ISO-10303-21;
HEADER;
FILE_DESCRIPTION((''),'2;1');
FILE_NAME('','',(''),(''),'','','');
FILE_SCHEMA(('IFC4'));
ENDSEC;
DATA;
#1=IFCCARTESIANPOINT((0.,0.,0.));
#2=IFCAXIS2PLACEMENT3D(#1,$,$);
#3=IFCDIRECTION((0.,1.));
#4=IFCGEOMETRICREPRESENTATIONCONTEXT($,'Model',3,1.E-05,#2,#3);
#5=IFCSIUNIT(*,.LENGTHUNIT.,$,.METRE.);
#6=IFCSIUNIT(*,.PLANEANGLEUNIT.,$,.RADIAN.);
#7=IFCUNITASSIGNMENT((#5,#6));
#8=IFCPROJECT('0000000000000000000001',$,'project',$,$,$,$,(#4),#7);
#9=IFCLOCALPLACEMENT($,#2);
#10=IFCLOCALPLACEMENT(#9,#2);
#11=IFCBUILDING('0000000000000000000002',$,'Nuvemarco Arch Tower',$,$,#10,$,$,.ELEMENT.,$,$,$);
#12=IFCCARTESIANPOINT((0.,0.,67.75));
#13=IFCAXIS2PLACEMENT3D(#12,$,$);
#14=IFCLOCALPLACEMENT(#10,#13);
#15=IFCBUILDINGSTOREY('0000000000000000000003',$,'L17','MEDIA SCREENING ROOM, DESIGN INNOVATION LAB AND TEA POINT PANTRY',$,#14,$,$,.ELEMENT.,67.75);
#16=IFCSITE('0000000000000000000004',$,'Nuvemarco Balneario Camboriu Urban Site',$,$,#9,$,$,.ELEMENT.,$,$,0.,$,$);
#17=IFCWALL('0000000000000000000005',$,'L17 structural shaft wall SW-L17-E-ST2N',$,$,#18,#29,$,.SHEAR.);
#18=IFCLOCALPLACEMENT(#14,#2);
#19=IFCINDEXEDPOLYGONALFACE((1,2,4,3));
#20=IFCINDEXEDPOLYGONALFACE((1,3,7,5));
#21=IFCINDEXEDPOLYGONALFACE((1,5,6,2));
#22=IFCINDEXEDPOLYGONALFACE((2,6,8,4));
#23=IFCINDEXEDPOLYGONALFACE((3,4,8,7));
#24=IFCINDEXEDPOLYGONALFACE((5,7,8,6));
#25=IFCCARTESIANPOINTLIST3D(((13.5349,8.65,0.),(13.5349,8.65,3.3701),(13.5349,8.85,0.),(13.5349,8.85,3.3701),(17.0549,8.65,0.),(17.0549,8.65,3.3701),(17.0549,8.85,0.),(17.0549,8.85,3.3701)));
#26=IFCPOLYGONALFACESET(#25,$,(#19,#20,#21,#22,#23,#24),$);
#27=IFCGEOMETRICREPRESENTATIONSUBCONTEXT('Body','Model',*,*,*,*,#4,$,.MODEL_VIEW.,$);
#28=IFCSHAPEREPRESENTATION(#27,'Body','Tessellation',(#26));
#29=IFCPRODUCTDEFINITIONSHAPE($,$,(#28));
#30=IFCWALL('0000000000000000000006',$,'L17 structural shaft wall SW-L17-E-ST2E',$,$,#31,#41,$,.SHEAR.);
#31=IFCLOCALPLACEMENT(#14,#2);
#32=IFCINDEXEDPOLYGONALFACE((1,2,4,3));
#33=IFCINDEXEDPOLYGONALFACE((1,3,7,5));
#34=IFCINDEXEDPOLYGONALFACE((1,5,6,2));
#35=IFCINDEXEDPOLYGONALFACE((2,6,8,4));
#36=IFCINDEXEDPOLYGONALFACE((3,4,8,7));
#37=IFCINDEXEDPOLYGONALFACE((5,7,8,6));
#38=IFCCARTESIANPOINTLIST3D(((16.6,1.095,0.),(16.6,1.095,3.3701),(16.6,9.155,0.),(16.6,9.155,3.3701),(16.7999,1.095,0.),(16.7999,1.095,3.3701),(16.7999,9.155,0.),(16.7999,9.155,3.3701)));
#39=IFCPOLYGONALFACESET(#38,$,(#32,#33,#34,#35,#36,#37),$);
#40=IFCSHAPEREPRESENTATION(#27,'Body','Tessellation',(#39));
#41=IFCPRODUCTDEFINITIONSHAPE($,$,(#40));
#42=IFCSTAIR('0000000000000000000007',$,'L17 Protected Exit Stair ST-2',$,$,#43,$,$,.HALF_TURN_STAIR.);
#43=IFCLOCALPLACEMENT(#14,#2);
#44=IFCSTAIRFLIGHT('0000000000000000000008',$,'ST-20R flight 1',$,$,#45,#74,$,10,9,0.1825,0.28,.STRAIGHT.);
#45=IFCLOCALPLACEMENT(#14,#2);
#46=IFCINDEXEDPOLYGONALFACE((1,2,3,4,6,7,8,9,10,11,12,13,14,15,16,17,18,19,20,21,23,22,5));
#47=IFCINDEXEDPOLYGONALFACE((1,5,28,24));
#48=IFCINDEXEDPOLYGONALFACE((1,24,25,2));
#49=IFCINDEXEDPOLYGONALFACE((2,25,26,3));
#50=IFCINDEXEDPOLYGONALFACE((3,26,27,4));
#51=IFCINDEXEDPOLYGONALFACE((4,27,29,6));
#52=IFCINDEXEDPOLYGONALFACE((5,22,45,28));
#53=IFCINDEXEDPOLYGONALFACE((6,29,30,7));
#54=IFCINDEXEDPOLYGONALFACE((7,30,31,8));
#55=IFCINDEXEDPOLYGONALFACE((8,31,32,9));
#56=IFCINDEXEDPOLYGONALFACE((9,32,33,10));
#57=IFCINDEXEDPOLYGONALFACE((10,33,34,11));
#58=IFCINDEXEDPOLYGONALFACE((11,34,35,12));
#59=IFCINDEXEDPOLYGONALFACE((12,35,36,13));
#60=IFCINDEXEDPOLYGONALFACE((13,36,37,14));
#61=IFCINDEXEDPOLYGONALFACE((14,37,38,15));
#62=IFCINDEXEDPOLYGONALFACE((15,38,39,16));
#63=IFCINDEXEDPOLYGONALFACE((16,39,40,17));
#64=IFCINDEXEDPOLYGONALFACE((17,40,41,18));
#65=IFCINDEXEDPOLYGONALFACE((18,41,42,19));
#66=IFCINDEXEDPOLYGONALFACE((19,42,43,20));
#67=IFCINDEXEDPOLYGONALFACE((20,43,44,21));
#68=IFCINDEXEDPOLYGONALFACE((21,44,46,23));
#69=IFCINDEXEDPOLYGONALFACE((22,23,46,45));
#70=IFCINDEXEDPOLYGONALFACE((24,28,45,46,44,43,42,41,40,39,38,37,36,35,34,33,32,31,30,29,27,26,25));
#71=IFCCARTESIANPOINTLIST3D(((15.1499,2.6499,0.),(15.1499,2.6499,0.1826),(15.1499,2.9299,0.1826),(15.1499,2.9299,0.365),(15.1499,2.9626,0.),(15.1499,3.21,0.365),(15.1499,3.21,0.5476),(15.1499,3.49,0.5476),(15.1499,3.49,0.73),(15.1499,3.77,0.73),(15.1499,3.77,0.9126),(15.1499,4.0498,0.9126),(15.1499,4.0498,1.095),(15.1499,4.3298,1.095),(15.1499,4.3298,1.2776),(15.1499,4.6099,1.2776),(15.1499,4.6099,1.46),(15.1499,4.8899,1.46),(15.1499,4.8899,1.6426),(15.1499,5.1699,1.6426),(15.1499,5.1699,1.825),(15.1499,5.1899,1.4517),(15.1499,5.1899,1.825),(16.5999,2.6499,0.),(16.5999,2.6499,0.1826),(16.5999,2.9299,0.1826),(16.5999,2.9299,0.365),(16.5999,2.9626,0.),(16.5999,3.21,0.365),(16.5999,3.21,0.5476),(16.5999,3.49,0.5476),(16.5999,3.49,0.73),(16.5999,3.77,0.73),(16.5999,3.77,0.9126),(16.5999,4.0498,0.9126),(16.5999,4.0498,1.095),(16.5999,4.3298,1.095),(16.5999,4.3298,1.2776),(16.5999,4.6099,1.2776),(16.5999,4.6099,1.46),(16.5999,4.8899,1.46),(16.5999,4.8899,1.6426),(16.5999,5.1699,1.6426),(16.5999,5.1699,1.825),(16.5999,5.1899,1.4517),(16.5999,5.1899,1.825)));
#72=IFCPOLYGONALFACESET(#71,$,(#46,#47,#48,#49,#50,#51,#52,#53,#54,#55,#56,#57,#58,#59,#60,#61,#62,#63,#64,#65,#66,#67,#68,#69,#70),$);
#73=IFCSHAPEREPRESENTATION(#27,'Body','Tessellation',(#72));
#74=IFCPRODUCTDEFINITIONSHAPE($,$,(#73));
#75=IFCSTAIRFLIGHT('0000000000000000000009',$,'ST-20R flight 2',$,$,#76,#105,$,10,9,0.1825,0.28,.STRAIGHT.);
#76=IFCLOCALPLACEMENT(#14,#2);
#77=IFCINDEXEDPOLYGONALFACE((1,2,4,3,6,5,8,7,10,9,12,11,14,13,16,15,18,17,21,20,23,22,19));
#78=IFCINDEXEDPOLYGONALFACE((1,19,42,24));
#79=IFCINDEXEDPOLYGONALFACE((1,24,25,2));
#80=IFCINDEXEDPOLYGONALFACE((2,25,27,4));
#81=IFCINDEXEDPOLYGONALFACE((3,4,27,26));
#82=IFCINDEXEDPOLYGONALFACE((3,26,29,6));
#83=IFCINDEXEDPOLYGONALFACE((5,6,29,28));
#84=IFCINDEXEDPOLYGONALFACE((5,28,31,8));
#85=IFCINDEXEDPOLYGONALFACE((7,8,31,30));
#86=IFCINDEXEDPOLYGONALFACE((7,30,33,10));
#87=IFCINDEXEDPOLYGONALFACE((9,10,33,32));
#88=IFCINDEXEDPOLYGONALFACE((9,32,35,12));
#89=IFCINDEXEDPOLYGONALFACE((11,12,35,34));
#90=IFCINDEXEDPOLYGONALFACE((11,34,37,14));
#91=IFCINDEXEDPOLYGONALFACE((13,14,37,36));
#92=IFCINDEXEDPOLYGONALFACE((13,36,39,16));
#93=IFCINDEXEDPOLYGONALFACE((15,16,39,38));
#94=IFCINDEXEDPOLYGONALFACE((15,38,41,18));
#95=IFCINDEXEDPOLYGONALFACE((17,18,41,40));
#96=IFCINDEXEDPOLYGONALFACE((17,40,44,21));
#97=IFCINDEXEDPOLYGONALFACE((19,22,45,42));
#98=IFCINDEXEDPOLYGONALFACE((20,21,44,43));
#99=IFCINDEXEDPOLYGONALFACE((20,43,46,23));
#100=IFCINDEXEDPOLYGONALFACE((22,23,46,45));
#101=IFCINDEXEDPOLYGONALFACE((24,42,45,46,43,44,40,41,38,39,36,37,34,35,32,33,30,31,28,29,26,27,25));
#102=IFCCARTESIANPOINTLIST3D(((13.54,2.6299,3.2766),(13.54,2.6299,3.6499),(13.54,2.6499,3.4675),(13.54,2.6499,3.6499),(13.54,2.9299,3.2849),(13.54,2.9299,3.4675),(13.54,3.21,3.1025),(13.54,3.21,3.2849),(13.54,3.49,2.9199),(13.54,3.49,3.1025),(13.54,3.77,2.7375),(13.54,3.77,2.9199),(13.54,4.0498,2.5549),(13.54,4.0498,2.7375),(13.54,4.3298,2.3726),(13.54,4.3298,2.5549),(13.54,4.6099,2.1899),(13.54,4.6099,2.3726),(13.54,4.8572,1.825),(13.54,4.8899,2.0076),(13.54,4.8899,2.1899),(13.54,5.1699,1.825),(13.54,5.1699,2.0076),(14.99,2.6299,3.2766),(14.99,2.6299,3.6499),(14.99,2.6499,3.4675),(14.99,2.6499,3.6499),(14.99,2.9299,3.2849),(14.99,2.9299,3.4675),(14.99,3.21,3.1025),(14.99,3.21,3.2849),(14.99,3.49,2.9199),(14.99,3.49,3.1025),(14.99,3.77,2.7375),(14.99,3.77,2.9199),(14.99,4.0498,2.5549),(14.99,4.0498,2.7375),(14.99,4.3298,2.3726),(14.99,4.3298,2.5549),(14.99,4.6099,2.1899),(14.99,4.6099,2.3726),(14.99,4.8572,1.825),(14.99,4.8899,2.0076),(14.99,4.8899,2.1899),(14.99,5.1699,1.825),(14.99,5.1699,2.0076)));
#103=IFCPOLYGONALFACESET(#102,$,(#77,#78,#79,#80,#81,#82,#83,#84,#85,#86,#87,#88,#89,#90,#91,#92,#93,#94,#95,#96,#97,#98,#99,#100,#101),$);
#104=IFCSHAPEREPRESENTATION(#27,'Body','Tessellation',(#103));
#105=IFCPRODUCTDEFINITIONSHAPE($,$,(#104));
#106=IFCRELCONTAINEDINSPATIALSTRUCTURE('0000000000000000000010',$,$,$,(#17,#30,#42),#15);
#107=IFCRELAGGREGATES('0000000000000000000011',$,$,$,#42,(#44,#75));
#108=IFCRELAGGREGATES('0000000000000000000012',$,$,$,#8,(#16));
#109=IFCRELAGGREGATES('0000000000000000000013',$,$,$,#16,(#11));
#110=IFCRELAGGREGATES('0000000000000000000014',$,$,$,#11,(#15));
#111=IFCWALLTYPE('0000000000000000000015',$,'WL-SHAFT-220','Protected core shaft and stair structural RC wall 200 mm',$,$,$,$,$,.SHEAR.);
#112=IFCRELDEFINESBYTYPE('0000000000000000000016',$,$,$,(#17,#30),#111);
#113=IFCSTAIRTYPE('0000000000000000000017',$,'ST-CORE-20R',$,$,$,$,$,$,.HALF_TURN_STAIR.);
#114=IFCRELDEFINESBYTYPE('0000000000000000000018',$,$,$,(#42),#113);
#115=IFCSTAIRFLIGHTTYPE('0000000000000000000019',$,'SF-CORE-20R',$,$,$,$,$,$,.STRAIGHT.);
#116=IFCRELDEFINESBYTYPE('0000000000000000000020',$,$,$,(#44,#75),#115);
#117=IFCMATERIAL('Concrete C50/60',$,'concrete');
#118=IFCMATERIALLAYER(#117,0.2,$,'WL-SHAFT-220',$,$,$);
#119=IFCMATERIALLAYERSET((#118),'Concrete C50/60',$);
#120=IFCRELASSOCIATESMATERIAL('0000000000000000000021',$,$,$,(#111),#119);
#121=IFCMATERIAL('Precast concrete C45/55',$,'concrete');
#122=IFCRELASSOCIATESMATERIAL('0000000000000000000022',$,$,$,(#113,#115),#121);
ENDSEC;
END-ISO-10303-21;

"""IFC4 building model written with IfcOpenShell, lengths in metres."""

from ifc_helpers import new_model, si_unit, direction, frame, frame_2d, origin, place, context, subcontext, project, spatial, polyline, rectangle, outline, extrude, material, layer, layer_set, type_object, element, aggregate, save


model = new_model("IFC4")

# Units and contexts
model_context = context("Model", 3, precision=1e-05, world=origin(), true_north=direction((0.0, 1.0)))
body_context = subcontext(model_context, "Body", "Model", "MODEL_VIEW")
ifc_project = project(units=[si_unit("LENGTHUNIT", "METRE"), si_unit("PLANEANGLEUNIT", "RADIAN")], contexts=[model_context])

# Site, building, storey
site_placement = place(None, origin())
site = spatial("IfcSite", under=ifc_project, at=site_placement, Name="Nuvemarco Balneario Camboriu Urban Site", CompositionType="ELEMENT", RefElevation=0.0)
building_placement = place(site_placement, origin())
building = spatial("IfcBuilding", under=site, at=building_placement, Name="Nuvemarco Arch Tower", CompositionType="ELEMENT")
storey_placement = place(building_placement, frame((0.0, 0.0, 67.75)))
storey = spatial("IfcBuildingStorey", under=building, at=storey_placement, Name="L17", Description="MEDIA SCREENING ROOM, DESIGN INNOVATION LAB AND TEA POINT PANTRY", CompositionType="ELEMENT", Elevation=67.75)

# Shared definitions
ifc_material_1 = material(Name="Precast concrete C45/55", Category="concrete")

# Shared definitions
ifc_material_2 = material(Name="Concrete C50/60", Category="concrete")
ifc_layer_1 = layer(ifc_material_2, 0.2, Name="WL-SHAFT-220")
ifc_layer_set_1 = layer_set([ifc_layer_1], Name="Concrete C50/60")
wall_type_1 = type_object("IfcWallType", Name="WL-SHAFT-220", Description="Protected core shaft and stair structural RC wall 200 mm", PredefinedType="SHEAR", material=ifc_layer_set_1)

# Walls
for number, where, z_axis, x_axis, name in (
    (1, (13.5349, 8.75, 0.0), (0.0, 0.0, 1.0), (1.0, 0.0, 0.0), "L17 structural shaft wall SW-L17-E-ST2N"),
):
    element("IfcWall", number, at=place(storey_placement, frame(where, z_axis=z_axis, x_axis=x_axis)), inside=storey, type_object=wall_type_1, Name=name, PredefinedType="SHEAR", context=body_context, shape_type="SweptSolid", body=[
        extrude(rectangle(XDim=3.52, YDim=0.2, at=frame_2d((1.76, 0.0))), origin(), (0.0, 0.0, 1.0), 3.3701),
    ])
wall_1_placement = place(storey_placement, frame((16.7, 1.095, 0.0), z_axis=(0.0, 0.0, 1.0), x_axis=(0.0, 1.0, 0.0)))
element("IfcWall", 2, at=wall_1_placement, inside=storey, type_object=wall_type_1, Name="L17 structural shaft wall SW-L17-E-ST2E", PredefinedType="SHEAR", context=body_context, shape_type="SweptSolid", body=[
    extrude(rectangle(XDim=8.0601, YDim=0.2, at=frame_2d((4.03, 0.0))), origin(), (0.0, 0.0, 1.0), 3.3701),
])

# Stair, stair flights
stair_type = type_object("IfcStairType", Name="ST-CORE-20R", PredefinedType="HALF_TURN_STAIR", material=ifc_material_1)
stair_placement = place(storey_placement, origin())
stair = element("IfcStair", 3, at=stair_placement, inside=storey, type_object=stair_type, Name="L17 Protected Exit Stair ST-2", PredefinedType="HALF_TURN_STAIR")
stair_flight_type = type_object("IfcStairFlightType", Name="SF-CORE-20R", PredefinedType="STRAIGHT", material=ifc_material_1)
stair_flight_1_placement = place(storey_placement, frame((15.875, 2.6499, 0.0), z_axis=(0.0, 0.0, 1.0), x_axis=(0.0, 1.0, 0.0)))
stair_flight_1 = element("IfcStairFlight", 4, at=stair_flight_1_placement, type_object=stair_flight_type, Name="ST-20R flight 1", NumberOfRisers=10, NumberOfTreads=9, PredefinedType="STRAIGHT", RiserHeight=0.1825, TreadLength=0.28, context=body_context, shape_type="SweptSolid", body=[
    extrude(outline(polyline([(0.0, 0.0), (0.0, 0.1826), (0.28, 0.1826), (0.28, 0.365), (0.5601, 0.365), (0.5601, 0.5476), (0.8401, 0.5476), (0.8401, 0.73), (1.1201, 0.73), (1.1201, 0.9126), (1.3999, 0.9126), (1.3999, 1.095), (1.6799, 1.095), (1.6799, 1.2776), (1.96, 1.2776), (1.96, 1.46), (2.24, 1.46), (2.24, 1.6426), (2.52, 1.6426), (2.52, 1.825), (2.54, 1.825), (2.54, 1.4517), (0.3127, 0.0), (0.0, 0.0)])), frame((0.0, 0.7251, 0.0), z_axis=(0.0, -1.0, 0.0), x_axis=(1.0, 0.0, 0.0)), (0.0, 0.0, 1.0), 1.45),
])
stair_flight_2_placement = place(storey_placement, frame((14.2649, 5.1699, 1.825), z_axis=(0.0, 0.0, 1.0), x_axis=(0.0, -1.0, 0.0)))
stair_flight_2 = element("IfcStairFlight", 5, at=stair_flight_2_placement, type_object=stair_flight_type, Name="ST-20R flight 2", NumberOfRisers=10, NumberOfTreads=9, PredefinedType="STRAIGHT", RiserHeight=0.1825, TreadLength=0.28, context=body_context, shape_type="SweptSolid", body=[
    extrude(outline(polyline([(0.0, 0.0), (0.0, 0.1826), (0.28, 0.1826), (0.28, 0.365), (0.5601, 0.365), (0.5601, 0.5476), (0.8401, 0.5476), (0.8401, 0.73), (1.1201, 0.73), (1.1201, 0.9126), (1.3999, 0.9126), (1.3999, 1.095), (1.6799, 1.095), (1.6799, 1.2776), (1.96, 1.2776), (1.96, 1.46), (2.24, 1.46), (2.24, 1.6426), (2.52, 1.6426), (2.52, 1.825), (2.54, 1.825), (2.54, 1.4517), (0.3127, 0.0), (0.0, 0.0)])), frame((0.0, 0.7251, 0.0), z_axis=(0.0, -1.0, 0.0), x_axis=(1.0, 0.0, 0.0)), (0.0, 0.0, 1.0), 1.45),
])
aggregate(stair, [stair_flight_1, stair_flight_2])

save(model, "model.ifc")
